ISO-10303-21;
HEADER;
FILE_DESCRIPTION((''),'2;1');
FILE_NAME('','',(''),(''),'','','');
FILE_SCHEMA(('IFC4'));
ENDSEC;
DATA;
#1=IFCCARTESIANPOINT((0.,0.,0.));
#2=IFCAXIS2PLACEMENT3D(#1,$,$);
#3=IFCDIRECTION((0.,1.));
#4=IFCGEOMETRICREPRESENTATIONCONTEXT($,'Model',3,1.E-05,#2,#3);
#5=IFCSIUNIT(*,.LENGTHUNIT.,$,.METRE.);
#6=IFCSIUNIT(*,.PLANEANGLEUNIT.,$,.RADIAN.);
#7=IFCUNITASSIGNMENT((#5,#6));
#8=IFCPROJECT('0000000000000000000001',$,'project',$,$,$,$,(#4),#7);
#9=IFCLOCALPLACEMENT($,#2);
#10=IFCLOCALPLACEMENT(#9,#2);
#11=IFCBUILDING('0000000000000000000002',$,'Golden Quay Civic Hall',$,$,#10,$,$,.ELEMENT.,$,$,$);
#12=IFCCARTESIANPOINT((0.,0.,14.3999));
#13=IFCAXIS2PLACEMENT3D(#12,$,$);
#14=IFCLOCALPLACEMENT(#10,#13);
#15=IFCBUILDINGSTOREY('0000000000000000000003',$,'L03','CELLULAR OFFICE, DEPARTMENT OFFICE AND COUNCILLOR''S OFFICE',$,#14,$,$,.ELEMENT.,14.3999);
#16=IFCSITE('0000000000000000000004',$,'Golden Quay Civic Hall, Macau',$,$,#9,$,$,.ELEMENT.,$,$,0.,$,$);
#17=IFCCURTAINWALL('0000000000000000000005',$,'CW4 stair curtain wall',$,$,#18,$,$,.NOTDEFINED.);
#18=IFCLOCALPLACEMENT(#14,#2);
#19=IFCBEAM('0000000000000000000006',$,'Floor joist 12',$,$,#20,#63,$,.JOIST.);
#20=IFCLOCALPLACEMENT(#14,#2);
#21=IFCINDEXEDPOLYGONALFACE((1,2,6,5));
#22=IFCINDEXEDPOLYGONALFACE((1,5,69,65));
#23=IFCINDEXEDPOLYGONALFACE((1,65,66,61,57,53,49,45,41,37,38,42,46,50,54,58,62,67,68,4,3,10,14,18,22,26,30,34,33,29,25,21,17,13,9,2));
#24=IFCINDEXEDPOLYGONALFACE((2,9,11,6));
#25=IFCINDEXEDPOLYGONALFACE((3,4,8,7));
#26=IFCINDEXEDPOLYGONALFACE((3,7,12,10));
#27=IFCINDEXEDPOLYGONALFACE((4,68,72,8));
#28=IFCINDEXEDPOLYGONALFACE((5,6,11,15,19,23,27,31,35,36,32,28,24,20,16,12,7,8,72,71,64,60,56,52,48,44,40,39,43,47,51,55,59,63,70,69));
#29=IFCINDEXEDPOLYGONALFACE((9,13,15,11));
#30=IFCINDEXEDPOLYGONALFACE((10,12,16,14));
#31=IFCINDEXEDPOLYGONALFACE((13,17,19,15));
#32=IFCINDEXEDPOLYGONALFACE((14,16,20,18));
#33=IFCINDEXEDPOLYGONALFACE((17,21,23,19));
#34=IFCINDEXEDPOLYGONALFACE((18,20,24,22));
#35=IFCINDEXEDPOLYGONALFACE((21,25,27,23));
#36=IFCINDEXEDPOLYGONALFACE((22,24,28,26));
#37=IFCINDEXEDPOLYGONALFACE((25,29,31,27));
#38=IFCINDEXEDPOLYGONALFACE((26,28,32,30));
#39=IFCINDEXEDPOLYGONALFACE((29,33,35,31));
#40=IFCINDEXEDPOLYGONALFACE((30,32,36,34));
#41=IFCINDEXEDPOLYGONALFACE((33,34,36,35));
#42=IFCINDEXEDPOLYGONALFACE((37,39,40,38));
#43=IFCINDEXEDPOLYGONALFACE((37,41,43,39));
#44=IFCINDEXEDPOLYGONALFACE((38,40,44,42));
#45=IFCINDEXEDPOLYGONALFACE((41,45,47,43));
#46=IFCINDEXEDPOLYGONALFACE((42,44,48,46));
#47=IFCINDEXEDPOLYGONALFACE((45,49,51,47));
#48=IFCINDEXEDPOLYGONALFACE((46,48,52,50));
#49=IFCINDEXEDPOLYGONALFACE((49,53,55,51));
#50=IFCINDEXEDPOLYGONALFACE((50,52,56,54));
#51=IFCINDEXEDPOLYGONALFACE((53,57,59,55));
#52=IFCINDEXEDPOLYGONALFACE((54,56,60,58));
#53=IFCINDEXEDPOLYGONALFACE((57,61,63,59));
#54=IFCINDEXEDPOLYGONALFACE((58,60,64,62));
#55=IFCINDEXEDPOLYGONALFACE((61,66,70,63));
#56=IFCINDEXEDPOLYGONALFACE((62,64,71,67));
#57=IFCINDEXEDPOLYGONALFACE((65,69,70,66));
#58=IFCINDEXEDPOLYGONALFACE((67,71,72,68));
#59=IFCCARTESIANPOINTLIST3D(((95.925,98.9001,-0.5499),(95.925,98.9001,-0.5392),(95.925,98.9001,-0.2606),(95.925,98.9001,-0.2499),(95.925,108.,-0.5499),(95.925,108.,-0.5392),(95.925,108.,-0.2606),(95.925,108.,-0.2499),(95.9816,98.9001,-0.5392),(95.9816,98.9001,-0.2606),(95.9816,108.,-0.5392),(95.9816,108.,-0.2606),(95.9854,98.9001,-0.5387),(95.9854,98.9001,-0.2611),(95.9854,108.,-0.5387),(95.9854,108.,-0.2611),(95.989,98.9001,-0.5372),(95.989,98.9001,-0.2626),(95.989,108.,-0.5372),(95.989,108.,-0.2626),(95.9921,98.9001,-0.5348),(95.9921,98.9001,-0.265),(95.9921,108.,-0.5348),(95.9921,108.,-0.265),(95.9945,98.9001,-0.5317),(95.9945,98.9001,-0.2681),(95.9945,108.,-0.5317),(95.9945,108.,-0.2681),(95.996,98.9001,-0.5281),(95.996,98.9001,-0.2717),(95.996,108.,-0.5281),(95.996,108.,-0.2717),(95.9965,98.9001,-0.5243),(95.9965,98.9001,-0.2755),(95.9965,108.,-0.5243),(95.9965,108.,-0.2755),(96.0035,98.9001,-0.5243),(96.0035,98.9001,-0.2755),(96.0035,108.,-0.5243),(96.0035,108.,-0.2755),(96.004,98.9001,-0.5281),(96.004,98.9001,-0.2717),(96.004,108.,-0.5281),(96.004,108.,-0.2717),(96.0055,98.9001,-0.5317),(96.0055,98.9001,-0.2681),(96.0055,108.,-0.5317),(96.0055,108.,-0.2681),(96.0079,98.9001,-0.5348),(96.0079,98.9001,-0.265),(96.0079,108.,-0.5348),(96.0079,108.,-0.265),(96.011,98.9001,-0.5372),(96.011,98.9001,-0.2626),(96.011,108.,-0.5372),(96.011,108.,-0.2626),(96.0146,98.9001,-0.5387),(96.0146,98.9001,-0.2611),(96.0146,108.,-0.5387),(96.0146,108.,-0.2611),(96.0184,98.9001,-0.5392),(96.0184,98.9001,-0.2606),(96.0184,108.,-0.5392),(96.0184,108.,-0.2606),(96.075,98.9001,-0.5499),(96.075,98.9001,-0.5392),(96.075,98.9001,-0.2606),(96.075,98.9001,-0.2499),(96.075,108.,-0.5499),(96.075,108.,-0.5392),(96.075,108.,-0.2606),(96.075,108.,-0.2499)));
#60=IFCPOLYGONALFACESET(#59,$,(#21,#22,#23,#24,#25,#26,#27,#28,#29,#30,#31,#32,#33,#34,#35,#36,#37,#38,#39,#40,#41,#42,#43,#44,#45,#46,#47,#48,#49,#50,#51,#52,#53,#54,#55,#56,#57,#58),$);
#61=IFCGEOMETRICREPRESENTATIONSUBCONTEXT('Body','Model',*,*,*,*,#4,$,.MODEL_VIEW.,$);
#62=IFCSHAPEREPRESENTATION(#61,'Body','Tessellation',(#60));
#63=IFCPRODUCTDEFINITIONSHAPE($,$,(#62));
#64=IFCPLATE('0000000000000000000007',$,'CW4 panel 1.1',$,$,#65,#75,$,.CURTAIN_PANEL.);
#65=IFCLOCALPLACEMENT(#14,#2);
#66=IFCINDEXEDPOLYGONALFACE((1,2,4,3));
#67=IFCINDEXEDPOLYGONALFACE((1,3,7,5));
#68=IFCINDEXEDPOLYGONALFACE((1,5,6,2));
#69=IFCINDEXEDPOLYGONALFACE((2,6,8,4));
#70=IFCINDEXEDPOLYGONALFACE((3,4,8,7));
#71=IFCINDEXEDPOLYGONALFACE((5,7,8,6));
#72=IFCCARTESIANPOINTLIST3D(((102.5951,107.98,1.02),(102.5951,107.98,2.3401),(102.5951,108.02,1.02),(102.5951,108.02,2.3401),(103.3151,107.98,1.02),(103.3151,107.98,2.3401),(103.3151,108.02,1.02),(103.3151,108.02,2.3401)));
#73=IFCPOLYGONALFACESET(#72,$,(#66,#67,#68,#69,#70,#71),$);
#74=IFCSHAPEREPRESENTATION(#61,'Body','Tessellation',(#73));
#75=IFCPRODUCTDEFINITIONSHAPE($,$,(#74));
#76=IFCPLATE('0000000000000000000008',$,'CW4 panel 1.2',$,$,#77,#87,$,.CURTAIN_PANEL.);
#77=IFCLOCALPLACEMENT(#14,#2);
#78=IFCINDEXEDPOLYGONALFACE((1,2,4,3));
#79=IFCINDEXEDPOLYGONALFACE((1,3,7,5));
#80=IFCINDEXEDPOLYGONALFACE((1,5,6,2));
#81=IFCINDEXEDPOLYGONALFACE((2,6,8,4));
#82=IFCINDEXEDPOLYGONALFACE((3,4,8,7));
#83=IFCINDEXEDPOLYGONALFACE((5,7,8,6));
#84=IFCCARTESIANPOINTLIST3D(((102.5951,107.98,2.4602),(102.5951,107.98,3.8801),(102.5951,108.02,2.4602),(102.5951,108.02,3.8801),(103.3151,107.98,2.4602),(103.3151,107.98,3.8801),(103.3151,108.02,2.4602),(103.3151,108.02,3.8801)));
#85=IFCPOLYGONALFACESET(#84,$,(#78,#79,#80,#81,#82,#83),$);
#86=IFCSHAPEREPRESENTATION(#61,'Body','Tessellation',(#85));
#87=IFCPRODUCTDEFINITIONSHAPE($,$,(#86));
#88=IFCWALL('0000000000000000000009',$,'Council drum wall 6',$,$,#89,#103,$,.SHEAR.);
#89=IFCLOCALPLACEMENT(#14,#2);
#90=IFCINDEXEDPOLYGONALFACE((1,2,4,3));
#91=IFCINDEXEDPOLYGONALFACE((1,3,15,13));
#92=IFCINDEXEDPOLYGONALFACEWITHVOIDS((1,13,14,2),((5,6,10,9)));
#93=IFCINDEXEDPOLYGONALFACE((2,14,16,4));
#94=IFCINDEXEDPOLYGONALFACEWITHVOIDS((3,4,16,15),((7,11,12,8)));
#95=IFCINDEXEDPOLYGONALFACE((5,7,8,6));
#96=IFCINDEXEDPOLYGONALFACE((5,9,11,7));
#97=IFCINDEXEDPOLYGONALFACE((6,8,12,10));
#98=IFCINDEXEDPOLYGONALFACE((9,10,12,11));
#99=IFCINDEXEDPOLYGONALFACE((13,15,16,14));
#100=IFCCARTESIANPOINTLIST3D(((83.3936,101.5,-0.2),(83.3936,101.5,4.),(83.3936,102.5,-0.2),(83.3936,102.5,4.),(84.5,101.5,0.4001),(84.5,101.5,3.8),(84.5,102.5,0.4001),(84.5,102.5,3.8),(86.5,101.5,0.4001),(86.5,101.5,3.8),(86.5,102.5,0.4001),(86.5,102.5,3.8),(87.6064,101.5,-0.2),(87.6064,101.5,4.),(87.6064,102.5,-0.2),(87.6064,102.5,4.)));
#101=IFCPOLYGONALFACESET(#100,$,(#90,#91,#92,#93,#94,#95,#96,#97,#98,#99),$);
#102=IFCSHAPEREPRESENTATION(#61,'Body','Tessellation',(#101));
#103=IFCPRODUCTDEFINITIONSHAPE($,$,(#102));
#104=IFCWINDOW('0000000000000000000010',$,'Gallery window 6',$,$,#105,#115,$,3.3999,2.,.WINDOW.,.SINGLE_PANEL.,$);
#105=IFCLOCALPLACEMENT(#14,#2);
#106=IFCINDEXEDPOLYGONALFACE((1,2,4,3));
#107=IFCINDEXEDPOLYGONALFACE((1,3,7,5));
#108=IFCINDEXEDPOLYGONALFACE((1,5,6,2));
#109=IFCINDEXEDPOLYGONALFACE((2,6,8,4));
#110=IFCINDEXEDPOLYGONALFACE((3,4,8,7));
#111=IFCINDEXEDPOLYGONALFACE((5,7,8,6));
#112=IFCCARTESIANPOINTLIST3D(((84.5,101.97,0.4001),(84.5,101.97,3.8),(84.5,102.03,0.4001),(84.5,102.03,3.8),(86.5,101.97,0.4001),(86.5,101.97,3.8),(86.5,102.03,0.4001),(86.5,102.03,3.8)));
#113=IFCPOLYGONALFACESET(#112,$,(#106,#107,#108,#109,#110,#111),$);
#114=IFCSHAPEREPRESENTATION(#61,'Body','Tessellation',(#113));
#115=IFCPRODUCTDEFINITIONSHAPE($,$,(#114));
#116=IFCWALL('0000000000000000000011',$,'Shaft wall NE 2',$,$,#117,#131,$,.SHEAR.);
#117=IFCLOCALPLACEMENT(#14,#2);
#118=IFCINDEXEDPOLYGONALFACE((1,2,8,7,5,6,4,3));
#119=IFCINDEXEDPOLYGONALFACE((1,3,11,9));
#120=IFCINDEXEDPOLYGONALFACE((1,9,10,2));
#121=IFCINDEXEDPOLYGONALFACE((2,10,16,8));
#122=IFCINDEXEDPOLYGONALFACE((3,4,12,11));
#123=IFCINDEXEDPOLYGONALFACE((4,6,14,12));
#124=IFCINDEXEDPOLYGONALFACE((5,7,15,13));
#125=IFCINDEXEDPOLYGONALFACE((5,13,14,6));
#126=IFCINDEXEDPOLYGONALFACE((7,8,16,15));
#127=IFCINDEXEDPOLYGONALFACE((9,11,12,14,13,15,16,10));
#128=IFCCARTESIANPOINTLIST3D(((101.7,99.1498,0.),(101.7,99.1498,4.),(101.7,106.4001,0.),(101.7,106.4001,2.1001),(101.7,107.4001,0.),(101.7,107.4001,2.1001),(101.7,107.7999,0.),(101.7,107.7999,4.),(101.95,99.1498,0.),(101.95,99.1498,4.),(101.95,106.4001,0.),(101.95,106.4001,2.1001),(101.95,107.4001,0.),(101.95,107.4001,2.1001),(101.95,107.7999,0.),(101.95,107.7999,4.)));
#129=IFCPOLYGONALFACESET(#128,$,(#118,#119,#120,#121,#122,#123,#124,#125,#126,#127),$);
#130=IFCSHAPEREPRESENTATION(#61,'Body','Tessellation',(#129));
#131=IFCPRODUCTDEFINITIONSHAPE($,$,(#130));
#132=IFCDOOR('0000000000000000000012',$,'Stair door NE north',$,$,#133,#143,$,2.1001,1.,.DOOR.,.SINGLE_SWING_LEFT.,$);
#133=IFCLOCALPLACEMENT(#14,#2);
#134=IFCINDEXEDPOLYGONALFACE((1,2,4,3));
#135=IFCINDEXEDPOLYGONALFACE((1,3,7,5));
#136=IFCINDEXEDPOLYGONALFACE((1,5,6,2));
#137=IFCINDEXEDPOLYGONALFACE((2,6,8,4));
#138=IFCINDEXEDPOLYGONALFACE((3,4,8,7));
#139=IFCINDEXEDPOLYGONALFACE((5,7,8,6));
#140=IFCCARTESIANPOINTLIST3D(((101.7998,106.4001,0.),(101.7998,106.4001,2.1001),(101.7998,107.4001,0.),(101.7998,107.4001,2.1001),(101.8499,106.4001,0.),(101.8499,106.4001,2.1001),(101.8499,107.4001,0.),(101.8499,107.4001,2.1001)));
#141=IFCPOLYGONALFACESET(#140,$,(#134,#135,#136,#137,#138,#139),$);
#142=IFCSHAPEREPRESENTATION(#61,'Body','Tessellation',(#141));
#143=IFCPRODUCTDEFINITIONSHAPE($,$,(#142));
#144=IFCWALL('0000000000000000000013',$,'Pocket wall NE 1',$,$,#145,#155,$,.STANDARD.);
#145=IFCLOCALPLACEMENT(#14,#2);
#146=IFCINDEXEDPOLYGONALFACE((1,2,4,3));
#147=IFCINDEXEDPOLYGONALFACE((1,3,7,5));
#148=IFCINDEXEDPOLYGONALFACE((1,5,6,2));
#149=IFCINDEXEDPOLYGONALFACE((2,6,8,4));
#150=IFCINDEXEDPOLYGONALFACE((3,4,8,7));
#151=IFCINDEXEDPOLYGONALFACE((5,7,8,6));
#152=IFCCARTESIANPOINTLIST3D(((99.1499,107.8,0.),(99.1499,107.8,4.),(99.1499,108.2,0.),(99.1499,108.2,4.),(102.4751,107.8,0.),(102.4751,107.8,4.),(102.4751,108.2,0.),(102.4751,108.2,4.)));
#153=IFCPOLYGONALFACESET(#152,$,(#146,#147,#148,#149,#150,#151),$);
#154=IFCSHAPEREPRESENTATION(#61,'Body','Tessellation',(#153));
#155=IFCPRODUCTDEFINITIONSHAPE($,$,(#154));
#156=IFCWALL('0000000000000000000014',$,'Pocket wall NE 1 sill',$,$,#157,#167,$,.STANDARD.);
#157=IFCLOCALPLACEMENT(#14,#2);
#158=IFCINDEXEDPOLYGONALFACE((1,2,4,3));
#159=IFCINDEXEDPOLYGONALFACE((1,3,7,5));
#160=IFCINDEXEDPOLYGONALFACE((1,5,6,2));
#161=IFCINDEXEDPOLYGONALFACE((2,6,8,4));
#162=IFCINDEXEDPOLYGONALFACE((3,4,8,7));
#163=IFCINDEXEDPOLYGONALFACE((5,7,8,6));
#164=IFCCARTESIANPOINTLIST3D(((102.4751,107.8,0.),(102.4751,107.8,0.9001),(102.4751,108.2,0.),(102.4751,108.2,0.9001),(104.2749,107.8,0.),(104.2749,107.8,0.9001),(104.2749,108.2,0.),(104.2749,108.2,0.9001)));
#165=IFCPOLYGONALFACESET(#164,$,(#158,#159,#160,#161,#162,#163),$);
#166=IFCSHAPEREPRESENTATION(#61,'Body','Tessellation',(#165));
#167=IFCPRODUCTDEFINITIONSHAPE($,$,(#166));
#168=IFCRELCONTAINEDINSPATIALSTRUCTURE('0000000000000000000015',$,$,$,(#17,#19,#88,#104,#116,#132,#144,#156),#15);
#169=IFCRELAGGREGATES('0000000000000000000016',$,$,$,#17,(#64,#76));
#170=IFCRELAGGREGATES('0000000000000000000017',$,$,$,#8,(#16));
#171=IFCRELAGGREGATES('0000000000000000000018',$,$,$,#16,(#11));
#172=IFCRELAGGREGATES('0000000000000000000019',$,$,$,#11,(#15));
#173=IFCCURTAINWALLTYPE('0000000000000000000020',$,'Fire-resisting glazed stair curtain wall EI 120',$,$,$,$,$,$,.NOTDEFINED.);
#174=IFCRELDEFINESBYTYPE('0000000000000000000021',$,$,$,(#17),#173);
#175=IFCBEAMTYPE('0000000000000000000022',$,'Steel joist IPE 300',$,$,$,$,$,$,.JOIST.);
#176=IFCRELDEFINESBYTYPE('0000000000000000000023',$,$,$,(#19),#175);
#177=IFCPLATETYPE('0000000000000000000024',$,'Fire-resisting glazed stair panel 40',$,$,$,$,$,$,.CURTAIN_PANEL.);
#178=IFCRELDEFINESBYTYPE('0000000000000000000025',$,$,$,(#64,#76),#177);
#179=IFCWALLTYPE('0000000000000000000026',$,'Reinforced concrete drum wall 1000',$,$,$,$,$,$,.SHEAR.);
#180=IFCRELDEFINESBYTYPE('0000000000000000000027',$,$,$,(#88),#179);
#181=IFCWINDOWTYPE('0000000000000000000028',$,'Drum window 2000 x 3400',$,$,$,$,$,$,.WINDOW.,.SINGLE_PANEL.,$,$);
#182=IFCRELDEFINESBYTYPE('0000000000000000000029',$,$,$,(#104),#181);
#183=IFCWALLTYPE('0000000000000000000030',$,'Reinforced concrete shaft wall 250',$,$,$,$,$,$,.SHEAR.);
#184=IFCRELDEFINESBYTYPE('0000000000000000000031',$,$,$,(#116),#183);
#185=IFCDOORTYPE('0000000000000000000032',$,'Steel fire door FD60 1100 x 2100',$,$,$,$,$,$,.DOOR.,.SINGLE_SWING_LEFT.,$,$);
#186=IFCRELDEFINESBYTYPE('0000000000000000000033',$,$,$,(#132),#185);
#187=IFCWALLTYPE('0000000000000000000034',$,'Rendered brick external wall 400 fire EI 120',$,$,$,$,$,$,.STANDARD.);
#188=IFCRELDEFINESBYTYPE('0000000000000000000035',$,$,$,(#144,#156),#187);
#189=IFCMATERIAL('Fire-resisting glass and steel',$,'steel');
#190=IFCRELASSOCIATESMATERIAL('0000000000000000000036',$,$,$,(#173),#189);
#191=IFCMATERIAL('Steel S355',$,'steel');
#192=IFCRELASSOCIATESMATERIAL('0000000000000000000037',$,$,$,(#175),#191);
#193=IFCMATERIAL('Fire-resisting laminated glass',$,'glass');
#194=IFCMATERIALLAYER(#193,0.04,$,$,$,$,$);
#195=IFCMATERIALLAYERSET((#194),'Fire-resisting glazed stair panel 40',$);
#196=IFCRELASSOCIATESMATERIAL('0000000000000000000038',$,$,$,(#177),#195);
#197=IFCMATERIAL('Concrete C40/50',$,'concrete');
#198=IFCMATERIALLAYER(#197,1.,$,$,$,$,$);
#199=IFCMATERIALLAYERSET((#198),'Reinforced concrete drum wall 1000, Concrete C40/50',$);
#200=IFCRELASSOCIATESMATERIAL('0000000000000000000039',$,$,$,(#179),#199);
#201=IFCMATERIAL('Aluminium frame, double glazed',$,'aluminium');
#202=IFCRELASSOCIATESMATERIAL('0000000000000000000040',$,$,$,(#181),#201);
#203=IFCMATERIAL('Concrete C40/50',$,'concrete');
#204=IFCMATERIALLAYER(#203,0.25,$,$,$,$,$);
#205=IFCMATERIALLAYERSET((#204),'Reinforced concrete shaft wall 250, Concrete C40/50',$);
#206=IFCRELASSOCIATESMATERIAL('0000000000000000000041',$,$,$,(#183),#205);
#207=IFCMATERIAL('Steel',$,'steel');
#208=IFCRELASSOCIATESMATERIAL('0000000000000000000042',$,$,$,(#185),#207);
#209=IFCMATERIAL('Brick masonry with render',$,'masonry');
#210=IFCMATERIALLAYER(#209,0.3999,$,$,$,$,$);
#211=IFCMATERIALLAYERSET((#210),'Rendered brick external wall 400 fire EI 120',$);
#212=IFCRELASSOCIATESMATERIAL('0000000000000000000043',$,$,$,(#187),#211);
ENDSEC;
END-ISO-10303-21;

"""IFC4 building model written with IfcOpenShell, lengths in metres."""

from ifc_helpers import new_model, si_unit, direction, frame, frame_2d, origin, origin_2d, place, context, subcontext, project, spatial, rectangle, i_section, extrude, material, layer, layer_set, material_profile, profile_set, type_object, element, fill, aggregate, save


model = new_model("IFC4")

# Units and contexts
model_context = context("Model", 3, precision=1e-05, world=origin(), true_north=direction((0.0, 1.0)))
body_context = subcontext(model_context, "Body", "Model", "MODEL_VIEW")
ifc_project = project(units=[si_unit("LENGTHUNIT", "METRE"), si_unit("PLANEANGLEUNIT", "RADIAN")], contexts=[model_context])

# Site, building, storey
site_placement = place(None, origin())
site = spatial("IfcSite", under=ifc_project, at=site_placement, Name="Golden Quay Civic Hall, Macau", CompositionType="ELEMENT", RefElevation=0.0)
building_placement = place(site_placement, origin())
building = spatial("IfcBuilding", under=site, at=building_placement, Name="Golden Quay Civic Hall", CompositionType="ELEMENT")
storey_placement = place(building_placement, frame((0.0, 0.0, 14.3999)))
storey = spatial("IfcBuildingStorey", under=building, at=storey_placement, Name="L03", Description="CELLULAR OFFICE, DEPARTMENT OFFICE AND COUNCILLOR'S OFFICE", CompositionType="ELEMENT", Elevation=14.3999)

# Curtain wall
ifc_material_1 = material(Name="Fire-resisting glass and steel", Category="steel")
curtain_wall_type = type_object("IfcCurtainWallType", Name="Fire-resisting glazed stair curtain wall EI 120", PredefinedType="NOTDEFINED", material=ifc_material_1)
curtain_wall_placement = place(storey_placement, origin())
curtain_wall = element("IfcCurtainWall", 1, at=curtain_wall_placement, inside=storey, type_object=curtain_wall_type, Name="CW4 stair curtain wall", PredefinedType="NOTDEFINED")

# Beam
ifc_material_2 = material(Name="Steel S355", Category="steel")
ifc_material_profile_1 = material_profile(ifc_material_2, i_section(OverallWidth=0.1499, OverallDepth=0.3, WebThickness=0.0071, FlangeThickness=0.0107, FilletRadius=0.0149, at=origin_2d()), Name="IPE 300")
ifc_profile_set_1 = profile_set([ifc_material_profile_1], Name="Steel S355")
beam_type_1 = type_object("IfcBeamType", Name="Steel joist IPE 300", PredefinedType="JOIST", material=ifc_profile_set_1)
beam_1_placement = place(storey_placement, frame((96.0, 108.0, -0.3999), z_axis=(0.0, -1.0, 0.0), x_axis=(1.0, 0.0, 0.0)))
element("IfcBeam", 2, at=beam_1_placement, inside=storey, type_object=beam_type_1, Name="Floor joist 12", PredefinedType="JOIST", context=body_context, shape_type="SweptSolid", body=[
    extrude(i_section(OverallWidth=0.1499, OverallDepth=0.3, WebThickness=0.0071, FlangeThickness=0.0107, FilletRadius=0.0149, at=origin_2d()), origin(), (0.0, 0.0, 1.0), 9.0999),
])

# Plates
ifc_material_3 = material(Name="Fire-resisting laminated glass", Category="glass")
ifc_layer_1 = layer(ifc_material_3, 0.04)
ifc_layer_set_1 = layer_set([ifc_layer_1], Name="Fire-resisting glazed stair panel 40")
plate_type = type_object("IfcPlateType", Name="Fire-resisting glazed stair panel 40", PredefinedType="CURTAIN_PANEL", material=ifc_layer_set_1)
plate_1_placement = place(storey_placement, frame((102.9551, 108.0, 1.02), z_axis=(0.0, 0.0, 1.0), x_axis=(1.0, 0.0, 0.0)))
plate_1 = element("IfcPlate", 3, at=plate_1_placement, type_object=plate_type, Name="CW4 panel 1.1", PredefinedType="CURTAIN_PANEL", context=body_context, shape_type="SweptSolid", body=[
    extrude(rectangle(XDim=0.72, YDim=0.04, at=origin_2d()), origin(), (0.0, 0.0, 1.0), 1.3201),
])
plate_2_placement = place(storey_placement, frame((102.9551, 108.0, 2.4602), z_axis=(0.0, 0.0, 1.0), x_axis=(1.0, 0.0, 0.0)))
plate_2 = element("IfcPlate", 4, at=plate_2_placement, type_object=plate_type, Name="CW4 panel 1.2", PredefinedType="CURTAIN_PANEL", context=body_context, shape_type="SweptSolid", body=[
    extrude(rectangle(XDim=0.72, YDim=0.04, at=origin_2d()), origin(), (0.0, 0.0, 1.0), 1.4199),
])
aggregate(curtain_wall, [plate_1, plate_2])

# Wall, opening, window
ifc_material_4 = material(Name="Concrete C40/50", Category="concrete")
ifc_layer_2 = layer(ifc_material_4, 1.0)
ifc_layer_set_2 = layer_set([ifc_layer_2], Name="Reinforced concrete drum wall 1000, Concrete C40/50")
wall_type_1 = type_object("IfcWallType", Name="Reinforced concrete drum wall 1000", PredefinedType="SHEAR", material=ifc_layer_set_2)
wall_1_placement = place(storey_placement, frame((87.6064, 102.0, -0.2), z_axis=(0.0, 0.0, 1.0), x_axis=(-1.0, 0.0, 0.0)))
wall_1 = element("IfcWall", 5, at=wall_1_placement, inside=storey, type_object=wall_type_1, Name="Council drum wall 6", PredefinedType="SHEAR", context=body_context, shape_type="SweptSolid", body=[
    extrude(rectangle(XDim=4.2129, YDim=1.0, at=frame_2d((2.1064, 0.0))), origin(), (0.0, 0.0, 1.0), 4.2),
])
opening_1_placement = place(wall_1_placement, frame((1.1064, 0.0, 0.6001)))
opening_1 = element("IfcOpeningElement", 6, at=opening_1_placement, cuts=wall_1, PredefinedType="OPENING", context=body_context, shape_type="SweptSolid", body=[
    extrude(rectangle(XDim=2.0, YDim=3.3999, at=frame_2d((1.0, 1.7))), frame((0.0, 0.51, 0.0), z_axis=(0.0, -1.0, 0.0), x_axis=(1.0, 0.0, 0.0)), (0.0, 0.0, 1.0), 1.02),
])
ifc_material_5 = material(Name="Aluminium frame, double glazed", Category="aluminium")
window_type = type_object("IfcWindowType", Name="Drum window 2000 x 3400", PartitioningType="SINGLE_PANEL", PredefinedType="WINDOW", material=ifc_material_5)
window_placement = place(opening_1_placement, origin())
window = element("IfcWindow", 7, at=window_placement, inside=storey, type_object=window_type, Name="Gallery window 6", OverallHeight=3.3999, OverallWidth=2.0, PartitioningType="SINGLE_PANEL", PredefinedType="WINDOW", context=body_context, shape_type="SweptSolid", body=[
    extrude(rectangle(XDim=2.0, YDim=3.3999, at=frame_2d((1.0, 1.7))), frame((0.0, 0.03, 0.0), z_axis=(0.0, -1.0, 0.0), x_axis=(1.0, 0.0, 0.0)), (0.0, 0.0, 1.0), 0.0601),
])
fill(opening_1, window)

# Wall, opening, door
ifc_material_6 = material(Name="Concrete C40/50", Category="concrete")
ifc_layer_3 = layer(ifc_material_6, 0.25)
ifc_layer_set_3 = layer_set([ifc_layer_3], Name="Reinforced concrete shaft wall 250, Concrete C40/50")
wall_type_2 = type_object("IfcWallType", Name="Reinforced concrete shaft wall 250", PredefinedType="SHEAR", material=ifc_layer_set_3)
wall_2_placement = place(storey_placement, frame((101.825, 107.8, 0.0), z_axis=(0.0, 0.0, 1.0), x_axis=(0.0, -1.0, 0.0)))
wall_2 = element("IfcWall", 8, at=wall_2_placement, inside=storey, type_object=wall_type_2, Name="Shaft wall NE 2", PredefinedType="SHEAR", context=body_context, shape_type="SweptSolid", body=[
    extrude(rectangle(XDim=8.6501, YDim=0.25, at=frame_2d((4.3252, 0.0))), origin(), (0.0, 0.0, 1.0), 4.0),
])
opening_2_placement = place(wall_2_placement, frame((0.3999, 0.0, 0.0)))
opening_2 = element("IfcOpeningElement", 9, at=opening_2_placement, cuts=wall_2, PredefinedType="OPENING", context=body_context, shape_type="SweptSolid", body=[
    extrude(rectangle(XDim=1.0, YDim=2.1001, at=frame_2d((0.5, 1.05))), frame((0.0, 0.135, 0.0), z_axis=(0.0, -1.0, 0.0), x_axis=(1.0, 0.0, 0.0)), (0.0, 0.0, 1.0), 0.27),
])
ifc_material_7 = material(Name="Steel", Category="steel")
door_type_1 = type_object("IfcDoorType", Name="Steel fire door FD60 1100 x 2100", OperationType="SINGLE_SWING_LEFT", PredefinedType="DOOR", material=ifc_material_7)
door_1_placement = place(opening_2_placement, origin())
door_1 = element("IfcDoor", 10, at=door_1_placement, inside=storey, type_object=door_type_1, Name="Stair door NE north", OperationType="SINGLE_SWING_LEFT", OverallHeight=2.1001, OverallWidth=1.0, PredefinedType="DOOR", context=body_context, shape_type="SweptSolid", body=[
    extrude(rectangle(XDim=1.0, YDim=2.1001, at=frame_2d((0.5, 1.05))), frame((0.0, 0.0249, 0.0), z_axis=(0.0, -1.0, 0.0), x_axis=(1.0, 0.0, 0.0)), (0.0, 0.0, 1.0), 0.05),
])
fill(opening_2, door_1)

# Walls
ifc_material_8 = material(Name="Brick masonry with render", Category="masonry")
ifc_layer_4 = layer(ifc_material_8, 0.3999)
ifc_layer_set_4 = layer_set([ifc_layer_4], Name="Rendered brick external wall 400 fire EI 120")
wall_type_3 = type_object("IfcWallType", Name="Rendered brick external wall 400 fire EI 120", PredefinedType="STANDARD", material=ifc_layer_set_4)
wall_3_placement = place(storey_placement, frame((99.1499, 108.0, 0.0), z_axis=(0.0, 0.0, 1.0), x_axis=(1.0, 0.0, 0.0)))
element("IfcWall", 11, at=wall_3_placement, inside=storey, type_object=wall_type_3, Name="Pocket wall NE 1", PredefinedType="STANDARD", context=body_context, shape_type="SweptSolid", body=[
    extrude(rectangle(XDim=3.3252, YDim=0.3999, at=frame_2d((1.6626, 0.0))), origin(), (0.0, 0.0, 1.0), 4.0),
])
wall_4_placement = place(storey_placement, frame((102.4751, 108.0, 0.0), z_axis=(0.0, 0.0, 1.0), x_axis=(1.0, 0.0, 0.0)))
element("IfcWall", 12, at=wall_4_placement, inside=storey, type_object=wall_type_3, Name="Pocket wall NE 1 sill", PredefinedType="STANDARD", context=body_context, shape_type="SweptSolid", body=[
    extrude(rectangle(XDim=1.7998, YDim=0.3999, at=frame_2d((0.8999, 0.0))), origin(), (0.0, 0.0, 1.0), 0.9001),
])

save(model, "model.ifc")
